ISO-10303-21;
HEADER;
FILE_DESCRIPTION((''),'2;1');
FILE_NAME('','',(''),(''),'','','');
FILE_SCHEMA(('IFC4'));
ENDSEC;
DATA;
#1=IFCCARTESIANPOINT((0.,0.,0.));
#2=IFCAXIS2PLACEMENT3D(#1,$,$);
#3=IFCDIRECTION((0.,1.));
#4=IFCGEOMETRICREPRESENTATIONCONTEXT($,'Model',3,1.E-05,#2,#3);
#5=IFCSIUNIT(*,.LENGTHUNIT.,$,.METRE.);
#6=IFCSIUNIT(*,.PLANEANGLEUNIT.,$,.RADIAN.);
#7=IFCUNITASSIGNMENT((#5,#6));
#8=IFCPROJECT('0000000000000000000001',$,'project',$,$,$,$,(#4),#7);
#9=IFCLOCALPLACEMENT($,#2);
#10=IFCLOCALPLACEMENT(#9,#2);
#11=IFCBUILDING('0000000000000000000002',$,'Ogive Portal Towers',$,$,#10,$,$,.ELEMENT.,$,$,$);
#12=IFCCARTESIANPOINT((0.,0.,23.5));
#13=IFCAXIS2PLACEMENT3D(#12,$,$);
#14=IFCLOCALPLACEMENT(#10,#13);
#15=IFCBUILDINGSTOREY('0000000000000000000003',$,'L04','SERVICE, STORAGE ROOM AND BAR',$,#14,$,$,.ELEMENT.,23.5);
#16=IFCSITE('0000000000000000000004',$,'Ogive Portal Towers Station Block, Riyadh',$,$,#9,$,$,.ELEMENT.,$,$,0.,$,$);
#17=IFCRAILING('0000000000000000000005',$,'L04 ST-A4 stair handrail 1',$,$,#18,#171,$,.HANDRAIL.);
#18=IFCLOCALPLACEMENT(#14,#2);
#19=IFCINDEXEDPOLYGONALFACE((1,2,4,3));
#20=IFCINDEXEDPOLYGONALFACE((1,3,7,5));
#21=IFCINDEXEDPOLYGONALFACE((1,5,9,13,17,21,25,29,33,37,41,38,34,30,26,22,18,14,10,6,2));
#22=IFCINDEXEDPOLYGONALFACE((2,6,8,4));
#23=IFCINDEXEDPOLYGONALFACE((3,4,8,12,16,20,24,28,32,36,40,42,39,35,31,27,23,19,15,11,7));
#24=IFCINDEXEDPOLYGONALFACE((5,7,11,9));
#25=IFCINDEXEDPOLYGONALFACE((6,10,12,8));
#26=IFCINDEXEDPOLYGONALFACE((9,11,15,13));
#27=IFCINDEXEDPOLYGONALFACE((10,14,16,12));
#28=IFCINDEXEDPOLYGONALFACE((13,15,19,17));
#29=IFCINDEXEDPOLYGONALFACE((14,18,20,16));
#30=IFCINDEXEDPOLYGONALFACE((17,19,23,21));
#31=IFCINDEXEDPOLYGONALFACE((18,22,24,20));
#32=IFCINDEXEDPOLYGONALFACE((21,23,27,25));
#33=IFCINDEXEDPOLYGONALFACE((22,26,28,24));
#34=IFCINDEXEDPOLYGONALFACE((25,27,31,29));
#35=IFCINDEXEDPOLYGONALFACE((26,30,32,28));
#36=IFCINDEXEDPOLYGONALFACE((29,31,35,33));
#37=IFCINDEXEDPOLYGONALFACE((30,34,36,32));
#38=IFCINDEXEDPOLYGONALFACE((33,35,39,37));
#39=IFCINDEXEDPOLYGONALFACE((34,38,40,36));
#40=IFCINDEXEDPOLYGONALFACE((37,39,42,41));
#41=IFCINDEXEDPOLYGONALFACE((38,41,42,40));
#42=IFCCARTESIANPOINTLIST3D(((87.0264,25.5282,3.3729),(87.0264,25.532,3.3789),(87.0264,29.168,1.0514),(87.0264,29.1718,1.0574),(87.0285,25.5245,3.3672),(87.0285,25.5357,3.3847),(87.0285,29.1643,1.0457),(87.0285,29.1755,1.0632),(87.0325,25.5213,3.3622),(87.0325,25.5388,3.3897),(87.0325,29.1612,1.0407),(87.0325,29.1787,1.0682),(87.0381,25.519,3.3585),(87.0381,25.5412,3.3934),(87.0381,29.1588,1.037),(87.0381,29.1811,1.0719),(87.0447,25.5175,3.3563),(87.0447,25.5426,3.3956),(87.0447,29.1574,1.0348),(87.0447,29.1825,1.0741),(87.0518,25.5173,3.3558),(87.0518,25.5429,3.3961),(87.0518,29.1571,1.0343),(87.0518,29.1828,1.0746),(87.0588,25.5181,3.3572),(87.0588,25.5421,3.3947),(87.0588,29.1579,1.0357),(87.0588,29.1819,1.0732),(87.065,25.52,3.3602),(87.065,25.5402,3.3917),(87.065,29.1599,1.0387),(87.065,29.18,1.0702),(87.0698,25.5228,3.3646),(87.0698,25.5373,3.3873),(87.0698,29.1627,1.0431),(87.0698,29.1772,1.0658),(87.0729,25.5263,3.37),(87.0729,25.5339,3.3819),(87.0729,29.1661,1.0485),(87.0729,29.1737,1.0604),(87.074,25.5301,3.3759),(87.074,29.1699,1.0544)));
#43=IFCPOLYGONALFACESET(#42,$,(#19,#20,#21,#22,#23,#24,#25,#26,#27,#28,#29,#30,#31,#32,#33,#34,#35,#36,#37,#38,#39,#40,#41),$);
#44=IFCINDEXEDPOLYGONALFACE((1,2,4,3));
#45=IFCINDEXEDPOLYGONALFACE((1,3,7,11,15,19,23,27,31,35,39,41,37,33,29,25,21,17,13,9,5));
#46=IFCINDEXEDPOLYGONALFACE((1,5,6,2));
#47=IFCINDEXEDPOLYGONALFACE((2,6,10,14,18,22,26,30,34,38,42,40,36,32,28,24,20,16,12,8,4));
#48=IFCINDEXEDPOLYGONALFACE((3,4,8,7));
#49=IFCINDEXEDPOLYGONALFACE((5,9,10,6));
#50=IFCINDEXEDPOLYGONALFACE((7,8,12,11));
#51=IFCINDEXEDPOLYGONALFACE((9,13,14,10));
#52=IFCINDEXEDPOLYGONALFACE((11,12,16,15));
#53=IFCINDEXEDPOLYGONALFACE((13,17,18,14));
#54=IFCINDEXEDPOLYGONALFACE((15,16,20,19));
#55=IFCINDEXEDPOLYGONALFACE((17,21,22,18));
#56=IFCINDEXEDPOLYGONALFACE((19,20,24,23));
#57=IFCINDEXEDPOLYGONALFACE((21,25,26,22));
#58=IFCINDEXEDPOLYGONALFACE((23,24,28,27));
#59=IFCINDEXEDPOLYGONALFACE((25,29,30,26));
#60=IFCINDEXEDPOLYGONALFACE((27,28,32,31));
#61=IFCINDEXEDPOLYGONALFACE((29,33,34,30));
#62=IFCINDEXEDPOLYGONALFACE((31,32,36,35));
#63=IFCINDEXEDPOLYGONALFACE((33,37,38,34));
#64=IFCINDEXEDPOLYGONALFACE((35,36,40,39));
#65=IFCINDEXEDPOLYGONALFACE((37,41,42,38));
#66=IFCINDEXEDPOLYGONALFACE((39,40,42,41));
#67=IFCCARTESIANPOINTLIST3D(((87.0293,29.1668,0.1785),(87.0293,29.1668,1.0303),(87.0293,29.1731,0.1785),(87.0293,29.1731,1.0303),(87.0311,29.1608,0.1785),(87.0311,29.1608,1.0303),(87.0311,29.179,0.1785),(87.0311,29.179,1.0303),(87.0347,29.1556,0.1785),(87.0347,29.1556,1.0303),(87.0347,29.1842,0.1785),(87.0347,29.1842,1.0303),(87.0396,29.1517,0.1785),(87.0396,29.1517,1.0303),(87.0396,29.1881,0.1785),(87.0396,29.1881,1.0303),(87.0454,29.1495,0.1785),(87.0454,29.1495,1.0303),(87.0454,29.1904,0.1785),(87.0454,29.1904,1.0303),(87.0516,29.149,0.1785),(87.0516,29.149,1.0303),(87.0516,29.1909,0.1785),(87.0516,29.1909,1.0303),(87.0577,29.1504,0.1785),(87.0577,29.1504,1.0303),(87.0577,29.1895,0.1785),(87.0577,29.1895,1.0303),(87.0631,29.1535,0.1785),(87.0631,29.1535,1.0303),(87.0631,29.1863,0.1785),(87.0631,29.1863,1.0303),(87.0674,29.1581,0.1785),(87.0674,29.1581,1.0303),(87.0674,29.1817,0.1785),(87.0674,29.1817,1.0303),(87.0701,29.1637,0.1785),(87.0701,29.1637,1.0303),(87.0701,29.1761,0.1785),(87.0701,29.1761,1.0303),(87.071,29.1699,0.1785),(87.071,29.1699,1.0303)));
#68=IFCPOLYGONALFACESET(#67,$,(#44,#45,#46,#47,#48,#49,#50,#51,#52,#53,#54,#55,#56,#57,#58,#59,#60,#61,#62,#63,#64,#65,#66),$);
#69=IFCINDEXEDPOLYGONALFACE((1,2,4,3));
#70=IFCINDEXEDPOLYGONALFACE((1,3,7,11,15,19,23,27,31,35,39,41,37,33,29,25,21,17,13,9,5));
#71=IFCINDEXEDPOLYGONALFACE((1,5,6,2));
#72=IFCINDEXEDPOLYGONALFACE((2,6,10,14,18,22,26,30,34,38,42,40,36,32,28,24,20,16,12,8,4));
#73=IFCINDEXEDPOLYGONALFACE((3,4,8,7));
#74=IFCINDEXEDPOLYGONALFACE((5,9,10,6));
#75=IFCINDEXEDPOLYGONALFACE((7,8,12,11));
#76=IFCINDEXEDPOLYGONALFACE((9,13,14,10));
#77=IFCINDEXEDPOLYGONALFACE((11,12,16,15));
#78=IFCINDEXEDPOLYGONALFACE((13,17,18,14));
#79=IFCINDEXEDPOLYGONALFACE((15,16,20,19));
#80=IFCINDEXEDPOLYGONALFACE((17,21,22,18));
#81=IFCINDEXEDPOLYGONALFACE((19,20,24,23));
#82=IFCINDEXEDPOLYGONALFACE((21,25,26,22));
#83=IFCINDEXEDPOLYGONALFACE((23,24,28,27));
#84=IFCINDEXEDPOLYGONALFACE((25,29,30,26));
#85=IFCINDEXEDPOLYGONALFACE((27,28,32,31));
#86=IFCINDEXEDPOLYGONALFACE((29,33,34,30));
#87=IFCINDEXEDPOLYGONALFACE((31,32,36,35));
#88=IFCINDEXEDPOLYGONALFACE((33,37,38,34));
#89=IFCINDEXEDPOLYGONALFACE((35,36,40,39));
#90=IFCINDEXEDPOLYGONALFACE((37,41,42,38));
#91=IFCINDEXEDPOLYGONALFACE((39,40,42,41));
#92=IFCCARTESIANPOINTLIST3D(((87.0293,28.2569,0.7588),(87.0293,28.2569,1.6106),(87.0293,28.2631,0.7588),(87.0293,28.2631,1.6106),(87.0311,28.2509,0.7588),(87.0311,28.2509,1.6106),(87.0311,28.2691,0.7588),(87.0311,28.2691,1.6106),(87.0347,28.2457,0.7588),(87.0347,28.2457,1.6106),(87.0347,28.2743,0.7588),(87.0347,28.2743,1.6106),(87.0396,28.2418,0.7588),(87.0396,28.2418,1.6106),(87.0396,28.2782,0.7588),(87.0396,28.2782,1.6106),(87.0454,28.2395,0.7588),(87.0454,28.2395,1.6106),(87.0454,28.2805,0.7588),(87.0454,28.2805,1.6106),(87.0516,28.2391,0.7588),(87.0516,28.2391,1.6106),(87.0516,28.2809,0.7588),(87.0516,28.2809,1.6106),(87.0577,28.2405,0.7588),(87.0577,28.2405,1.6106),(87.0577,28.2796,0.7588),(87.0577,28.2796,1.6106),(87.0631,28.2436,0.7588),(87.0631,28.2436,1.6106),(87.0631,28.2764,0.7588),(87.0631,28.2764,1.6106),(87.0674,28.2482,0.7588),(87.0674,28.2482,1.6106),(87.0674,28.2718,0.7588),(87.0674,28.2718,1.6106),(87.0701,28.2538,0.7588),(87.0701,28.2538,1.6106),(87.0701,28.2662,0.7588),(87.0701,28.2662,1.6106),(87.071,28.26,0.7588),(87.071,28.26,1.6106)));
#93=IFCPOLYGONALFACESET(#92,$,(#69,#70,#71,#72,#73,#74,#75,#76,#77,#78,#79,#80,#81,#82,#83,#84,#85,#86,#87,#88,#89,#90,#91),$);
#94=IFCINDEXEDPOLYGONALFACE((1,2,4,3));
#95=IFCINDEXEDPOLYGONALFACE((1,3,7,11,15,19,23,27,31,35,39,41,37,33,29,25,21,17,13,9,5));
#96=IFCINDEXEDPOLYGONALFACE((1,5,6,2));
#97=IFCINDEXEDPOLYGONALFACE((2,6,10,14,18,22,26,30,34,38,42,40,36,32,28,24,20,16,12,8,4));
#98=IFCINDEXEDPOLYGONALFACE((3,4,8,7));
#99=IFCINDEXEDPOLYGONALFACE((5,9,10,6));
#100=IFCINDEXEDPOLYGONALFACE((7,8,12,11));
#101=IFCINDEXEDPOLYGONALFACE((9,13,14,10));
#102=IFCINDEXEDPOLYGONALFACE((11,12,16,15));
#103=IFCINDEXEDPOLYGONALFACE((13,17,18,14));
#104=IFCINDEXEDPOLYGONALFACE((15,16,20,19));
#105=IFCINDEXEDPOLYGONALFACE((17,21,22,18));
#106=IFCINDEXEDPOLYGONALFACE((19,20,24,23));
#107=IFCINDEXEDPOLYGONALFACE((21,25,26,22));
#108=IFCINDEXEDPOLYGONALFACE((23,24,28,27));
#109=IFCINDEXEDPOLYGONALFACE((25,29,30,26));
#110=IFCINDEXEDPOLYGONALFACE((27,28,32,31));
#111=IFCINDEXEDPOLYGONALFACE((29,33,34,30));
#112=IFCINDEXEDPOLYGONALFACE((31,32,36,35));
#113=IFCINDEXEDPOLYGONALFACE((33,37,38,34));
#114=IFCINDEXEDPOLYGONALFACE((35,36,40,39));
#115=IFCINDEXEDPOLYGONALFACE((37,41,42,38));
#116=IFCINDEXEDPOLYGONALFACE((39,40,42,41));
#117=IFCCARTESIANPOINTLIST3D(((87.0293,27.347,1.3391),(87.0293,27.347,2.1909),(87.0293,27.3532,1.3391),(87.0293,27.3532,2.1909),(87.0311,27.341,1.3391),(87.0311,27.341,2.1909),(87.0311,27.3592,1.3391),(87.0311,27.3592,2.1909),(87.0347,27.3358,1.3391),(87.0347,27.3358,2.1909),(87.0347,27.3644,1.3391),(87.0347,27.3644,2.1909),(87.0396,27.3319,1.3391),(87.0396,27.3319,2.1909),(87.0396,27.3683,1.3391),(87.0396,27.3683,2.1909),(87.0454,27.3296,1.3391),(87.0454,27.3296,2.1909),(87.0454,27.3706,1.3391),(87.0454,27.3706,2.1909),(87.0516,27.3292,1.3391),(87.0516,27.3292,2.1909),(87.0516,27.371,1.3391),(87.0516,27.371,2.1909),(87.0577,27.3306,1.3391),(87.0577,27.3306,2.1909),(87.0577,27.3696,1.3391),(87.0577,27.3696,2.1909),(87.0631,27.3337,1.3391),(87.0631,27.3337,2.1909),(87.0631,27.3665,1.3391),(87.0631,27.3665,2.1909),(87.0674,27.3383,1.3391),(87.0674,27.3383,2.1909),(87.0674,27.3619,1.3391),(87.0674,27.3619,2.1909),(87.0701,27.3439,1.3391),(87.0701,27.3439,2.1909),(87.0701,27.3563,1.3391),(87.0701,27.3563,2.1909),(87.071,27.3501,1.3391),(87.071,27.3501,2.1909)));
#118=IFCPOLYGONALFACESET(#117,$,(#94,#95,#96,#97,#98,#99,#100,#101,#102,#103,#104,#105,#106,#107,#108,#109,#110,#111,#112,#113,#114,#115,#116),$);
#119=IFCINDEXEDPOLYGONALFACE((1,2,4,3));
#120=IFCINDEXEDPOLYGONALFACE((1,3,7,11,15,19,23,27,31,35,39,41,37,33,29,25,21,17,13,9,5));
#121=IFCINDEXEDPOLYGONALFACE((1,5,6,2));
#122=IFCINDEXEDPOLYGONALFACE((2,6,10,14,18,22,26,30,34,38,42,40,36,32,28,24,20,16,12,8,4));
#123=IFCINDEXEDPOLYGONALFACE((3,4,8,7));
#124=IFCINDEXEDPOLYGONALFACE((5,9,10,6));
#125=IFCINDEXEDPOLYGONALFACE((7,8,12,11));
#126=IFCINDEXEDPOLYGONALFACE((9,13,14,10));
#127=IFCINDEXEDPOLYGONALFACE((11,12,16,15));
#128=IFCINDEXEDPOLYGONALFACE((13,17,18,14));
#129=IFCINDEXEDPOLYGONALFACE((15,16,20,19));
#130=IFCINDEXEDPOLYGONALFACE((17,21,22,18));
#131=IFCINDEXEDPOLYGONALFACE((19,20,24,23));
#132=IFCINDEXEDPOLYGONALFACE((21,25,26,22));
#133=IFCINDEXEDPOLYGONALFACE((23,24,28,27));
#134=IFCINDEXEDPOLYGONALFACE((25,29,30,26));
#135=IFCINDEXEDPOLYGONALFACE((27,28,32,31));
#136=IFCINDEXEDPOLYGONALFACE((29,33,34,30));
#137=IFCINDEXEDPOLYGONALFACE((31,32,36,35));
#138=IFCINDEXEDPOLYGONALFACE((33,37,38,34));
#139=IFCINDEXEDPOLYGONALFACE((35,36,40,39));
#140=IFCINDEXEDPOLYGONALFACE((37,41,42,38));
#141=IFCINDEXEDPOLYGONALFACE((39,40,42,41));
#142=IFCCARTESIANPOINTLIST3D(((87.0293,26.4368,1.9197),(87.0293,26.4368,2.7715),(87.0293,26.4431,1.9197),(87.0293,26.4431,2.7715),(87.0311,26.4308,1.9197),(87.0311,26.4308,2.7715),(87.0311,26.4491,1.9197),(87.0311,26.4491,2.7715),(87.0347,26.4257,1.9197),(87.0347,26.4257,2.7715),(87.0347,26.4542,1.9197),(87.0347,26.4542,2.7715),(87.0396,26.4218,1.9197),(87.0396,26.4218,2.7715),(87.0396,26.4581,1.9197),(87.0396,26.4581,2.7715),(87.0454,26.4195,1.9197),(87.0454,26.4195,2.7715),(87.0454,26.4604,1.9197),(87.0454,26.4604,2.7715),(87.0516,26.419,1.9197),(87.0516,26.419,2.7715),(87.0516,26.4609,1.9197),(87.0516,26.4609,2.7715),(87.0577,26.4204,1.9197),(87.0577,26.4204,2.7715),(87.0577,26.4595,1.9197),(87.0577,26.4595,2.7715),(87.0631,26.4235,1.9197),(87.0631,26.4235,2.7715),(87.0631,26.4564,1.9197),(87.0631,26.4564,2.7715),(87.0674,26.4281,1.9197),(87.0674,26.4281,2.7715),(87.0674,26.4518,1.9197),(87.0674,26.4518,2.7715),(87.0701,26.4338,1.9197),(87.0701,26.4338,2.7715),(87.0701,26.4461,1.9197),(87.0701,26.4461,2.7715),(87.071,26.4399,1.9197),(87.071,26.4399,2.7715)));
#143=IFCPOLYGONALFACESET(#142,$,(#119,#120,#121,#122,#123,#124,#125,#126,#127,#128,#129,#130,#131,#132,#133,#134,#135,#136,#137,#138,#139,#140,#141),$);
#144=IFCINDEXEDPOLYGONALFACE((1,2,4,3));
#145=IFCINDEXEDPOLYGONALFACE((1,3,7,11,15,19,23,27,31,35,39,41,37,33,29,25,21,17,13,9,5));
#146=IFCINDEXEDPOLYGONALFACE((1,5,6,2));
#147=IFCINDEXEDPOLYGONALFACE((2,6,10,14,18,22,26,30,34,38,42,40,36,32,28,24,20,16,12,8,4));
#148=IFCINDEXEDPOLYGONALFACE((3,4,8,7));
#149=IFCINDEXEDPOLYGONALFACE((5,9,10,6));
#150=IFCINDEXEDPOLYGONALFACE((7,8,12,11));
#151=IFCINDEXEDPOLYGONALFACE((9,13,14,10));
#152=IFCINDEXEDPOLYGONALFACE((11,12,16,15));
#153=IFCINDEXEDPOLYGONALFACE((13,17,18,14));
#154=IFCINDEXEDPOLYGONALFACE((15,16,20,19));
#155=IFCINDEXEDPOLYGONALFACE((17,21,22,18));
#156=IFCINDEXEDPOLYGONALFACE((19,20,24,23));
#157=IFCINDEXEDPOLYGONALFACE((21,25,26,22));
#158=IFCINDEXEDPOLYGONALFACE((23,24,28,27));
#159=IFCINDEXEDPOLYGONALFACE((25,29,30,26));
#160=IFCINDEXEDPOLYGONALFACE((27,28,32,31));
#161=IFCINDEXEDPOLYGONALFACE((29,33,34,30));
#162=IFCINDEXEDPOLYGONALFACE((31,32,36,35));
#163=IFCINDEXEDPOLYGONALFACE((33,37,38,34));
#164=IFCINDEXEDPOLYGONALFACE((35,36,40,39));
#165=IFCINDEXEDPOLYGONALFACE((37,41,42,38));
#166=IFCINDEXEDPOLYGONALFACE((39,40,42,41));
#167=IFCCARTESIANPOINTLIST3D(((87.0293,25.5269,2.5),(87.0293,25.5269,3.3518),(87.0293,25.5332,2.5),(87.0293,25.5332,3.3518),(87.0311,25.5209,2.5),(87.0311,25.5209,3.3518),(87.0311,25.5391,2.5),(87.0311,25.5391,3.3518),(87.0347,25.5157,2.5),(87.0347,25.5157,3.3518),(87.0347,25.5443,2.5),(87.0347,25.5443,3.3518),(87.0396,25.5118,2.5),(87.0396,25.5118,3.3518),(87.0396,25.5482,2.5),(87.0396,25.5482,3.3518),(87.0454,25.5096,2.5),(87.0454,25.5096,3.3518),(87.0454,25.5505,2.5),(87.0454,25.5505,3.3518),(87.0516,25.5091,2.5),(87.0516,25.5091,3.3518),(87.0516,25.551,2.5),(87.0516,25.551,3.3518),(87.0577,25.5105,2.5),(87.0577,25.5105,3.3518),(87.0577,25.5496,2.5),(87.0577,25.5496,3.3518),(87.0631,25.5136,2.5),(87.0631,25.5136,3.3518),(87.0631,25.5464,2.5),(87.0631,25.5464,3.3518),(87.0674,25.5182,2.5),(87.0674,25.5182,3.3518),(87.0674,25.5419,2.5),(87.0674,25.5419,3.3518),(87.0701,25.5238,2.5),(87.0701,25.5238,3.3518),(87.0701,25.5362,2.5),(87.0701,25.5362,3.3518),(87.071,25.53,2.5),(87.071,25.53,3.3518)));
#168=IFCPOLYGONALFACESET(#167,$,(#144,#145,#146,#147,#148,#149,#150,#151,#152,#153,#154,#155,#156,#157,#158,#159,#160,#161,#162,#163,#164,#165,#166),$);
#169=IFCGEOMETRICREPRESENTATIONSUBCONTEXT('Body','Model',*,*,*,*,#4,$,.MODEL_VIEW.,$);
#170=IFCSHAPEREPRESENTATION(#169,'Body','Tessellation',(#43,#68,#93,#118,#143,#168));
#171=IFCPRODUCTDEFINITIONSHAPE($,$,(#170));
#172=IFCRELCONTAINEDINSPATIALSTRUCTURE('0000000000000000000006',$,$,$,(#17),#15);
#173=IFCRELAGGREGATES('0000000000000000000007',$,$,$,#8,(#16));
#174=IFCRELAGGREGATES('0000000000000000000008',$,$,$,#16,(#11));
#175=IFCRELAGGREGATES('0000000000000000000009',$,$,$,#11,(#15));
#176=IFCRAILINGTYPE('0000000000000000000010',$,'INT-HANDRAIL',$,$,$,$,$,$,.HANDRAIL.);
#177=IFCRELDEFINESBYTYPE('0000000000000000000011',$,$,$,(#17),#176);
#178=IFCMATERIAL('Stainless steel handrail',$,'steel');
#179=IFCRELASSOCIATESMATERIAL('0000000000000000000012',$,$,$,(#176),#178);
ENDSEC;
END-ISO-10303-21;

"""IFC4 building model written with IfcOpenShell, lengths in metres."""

from ifc_helpers import new_model, si_unit, direction, frame, origin, origin_2d, place, context, subcontext, project, spatial, circle, extrude, material, type_object, element, save


model = new_model("IFC4")

# Units and contexts
model_context = context("Model", 3, precision=1e-05, world=origin(), true_north=direction((0.0, 1.0)))
body_context = subcontext(model_context, "Body", "Model", "MODEL_VIEW")
ifc_project = project(units=[si_unit("LENGTHUNIT", "METRE"), si_unit("PLANEANGLEUNIT", "RADIAN")], contexts=[model_context])

# Site, building, storey
site_placement = place(None, origin())
site = spatial("IfcSite", under=ifc_project, at=site_placement, Name="Ogive Portal Towers Station Block, Riyadh", CompositionType="ELEMENT", RefElevation=0.0)
building_placement = place(site_placement, origin())
building = spatial("IfcBuilding", under=site, at=building_placement, Name="Ogive Portal Towers", CompositionType="ELEMENT")
storey_placement = place(building_placement, frame((0.0, 0.0, 23.5)))
storey = spatial("IfcBuildingStorey", under=building, at=storey_placement, Name="L04", Description="SERVICE, STORAGE ROOM AND BAR", CompositionType="ELEMENT", Elevation=23.5)

# Railing
ifc_material_1 = material(Name="Stainless steel handrail", Category="steel")
railing_type_1 = type_object("IfcRailingType", Name="INT-HANDRAIL", PredefinedType="HANDRAIL", material=ifc_material_1)
railing_1_placement = place(storey_placement, frame((87.05, 29.1699, 0.1785)))
element("IfcRailing", 1, at=railing_1_placement, inside=storey, type_object=railing_type_1, Name="L04 ST-A4 stair handrail 1", PredefinedType="HANDRAIL", context=body_context, shape_type="SweptSolid", body=[
    extrude(circle(Radius=0.0239, at=origin_2d()), frame((0.0, 0.0, 0.876), z_axis=(0.0, -0.843112, 0.537739), x_axis=(1.0, 0.0, 0.0)), (0.0, 0.0, 1.0), 4.3171),
    extrude(circle(Radius=0.021, at=origin_2d()), origin(), (0.0, 0.0, 1.0), 0.8518),
    extrude(circle(Radius=0.021, at=origin_2d()), frame((0.0, -0.9099, 0.5803)), (0.0, 0.0, 1.0), 0.8518),
    extrude(circle(Radius=0.021, at=origin_2d()), frame((0.0, -1.8198, 1.1606)), (0.0, 0.0, 1.0), 0.8518),
    extrude(circle(Radius=0.021, at=origin_2d()), frame((0.0, -2.73, 1.7412)), (0.0, 0.0, 1.0), 0.8518),
    extrude(circle(Radius=0.021, at=origin_2d()), frame((0.0, -3.6399, 2.3215)), (0.0, 0.0, 1.0), 0.8518),
])

save(model, "model.ifc")
